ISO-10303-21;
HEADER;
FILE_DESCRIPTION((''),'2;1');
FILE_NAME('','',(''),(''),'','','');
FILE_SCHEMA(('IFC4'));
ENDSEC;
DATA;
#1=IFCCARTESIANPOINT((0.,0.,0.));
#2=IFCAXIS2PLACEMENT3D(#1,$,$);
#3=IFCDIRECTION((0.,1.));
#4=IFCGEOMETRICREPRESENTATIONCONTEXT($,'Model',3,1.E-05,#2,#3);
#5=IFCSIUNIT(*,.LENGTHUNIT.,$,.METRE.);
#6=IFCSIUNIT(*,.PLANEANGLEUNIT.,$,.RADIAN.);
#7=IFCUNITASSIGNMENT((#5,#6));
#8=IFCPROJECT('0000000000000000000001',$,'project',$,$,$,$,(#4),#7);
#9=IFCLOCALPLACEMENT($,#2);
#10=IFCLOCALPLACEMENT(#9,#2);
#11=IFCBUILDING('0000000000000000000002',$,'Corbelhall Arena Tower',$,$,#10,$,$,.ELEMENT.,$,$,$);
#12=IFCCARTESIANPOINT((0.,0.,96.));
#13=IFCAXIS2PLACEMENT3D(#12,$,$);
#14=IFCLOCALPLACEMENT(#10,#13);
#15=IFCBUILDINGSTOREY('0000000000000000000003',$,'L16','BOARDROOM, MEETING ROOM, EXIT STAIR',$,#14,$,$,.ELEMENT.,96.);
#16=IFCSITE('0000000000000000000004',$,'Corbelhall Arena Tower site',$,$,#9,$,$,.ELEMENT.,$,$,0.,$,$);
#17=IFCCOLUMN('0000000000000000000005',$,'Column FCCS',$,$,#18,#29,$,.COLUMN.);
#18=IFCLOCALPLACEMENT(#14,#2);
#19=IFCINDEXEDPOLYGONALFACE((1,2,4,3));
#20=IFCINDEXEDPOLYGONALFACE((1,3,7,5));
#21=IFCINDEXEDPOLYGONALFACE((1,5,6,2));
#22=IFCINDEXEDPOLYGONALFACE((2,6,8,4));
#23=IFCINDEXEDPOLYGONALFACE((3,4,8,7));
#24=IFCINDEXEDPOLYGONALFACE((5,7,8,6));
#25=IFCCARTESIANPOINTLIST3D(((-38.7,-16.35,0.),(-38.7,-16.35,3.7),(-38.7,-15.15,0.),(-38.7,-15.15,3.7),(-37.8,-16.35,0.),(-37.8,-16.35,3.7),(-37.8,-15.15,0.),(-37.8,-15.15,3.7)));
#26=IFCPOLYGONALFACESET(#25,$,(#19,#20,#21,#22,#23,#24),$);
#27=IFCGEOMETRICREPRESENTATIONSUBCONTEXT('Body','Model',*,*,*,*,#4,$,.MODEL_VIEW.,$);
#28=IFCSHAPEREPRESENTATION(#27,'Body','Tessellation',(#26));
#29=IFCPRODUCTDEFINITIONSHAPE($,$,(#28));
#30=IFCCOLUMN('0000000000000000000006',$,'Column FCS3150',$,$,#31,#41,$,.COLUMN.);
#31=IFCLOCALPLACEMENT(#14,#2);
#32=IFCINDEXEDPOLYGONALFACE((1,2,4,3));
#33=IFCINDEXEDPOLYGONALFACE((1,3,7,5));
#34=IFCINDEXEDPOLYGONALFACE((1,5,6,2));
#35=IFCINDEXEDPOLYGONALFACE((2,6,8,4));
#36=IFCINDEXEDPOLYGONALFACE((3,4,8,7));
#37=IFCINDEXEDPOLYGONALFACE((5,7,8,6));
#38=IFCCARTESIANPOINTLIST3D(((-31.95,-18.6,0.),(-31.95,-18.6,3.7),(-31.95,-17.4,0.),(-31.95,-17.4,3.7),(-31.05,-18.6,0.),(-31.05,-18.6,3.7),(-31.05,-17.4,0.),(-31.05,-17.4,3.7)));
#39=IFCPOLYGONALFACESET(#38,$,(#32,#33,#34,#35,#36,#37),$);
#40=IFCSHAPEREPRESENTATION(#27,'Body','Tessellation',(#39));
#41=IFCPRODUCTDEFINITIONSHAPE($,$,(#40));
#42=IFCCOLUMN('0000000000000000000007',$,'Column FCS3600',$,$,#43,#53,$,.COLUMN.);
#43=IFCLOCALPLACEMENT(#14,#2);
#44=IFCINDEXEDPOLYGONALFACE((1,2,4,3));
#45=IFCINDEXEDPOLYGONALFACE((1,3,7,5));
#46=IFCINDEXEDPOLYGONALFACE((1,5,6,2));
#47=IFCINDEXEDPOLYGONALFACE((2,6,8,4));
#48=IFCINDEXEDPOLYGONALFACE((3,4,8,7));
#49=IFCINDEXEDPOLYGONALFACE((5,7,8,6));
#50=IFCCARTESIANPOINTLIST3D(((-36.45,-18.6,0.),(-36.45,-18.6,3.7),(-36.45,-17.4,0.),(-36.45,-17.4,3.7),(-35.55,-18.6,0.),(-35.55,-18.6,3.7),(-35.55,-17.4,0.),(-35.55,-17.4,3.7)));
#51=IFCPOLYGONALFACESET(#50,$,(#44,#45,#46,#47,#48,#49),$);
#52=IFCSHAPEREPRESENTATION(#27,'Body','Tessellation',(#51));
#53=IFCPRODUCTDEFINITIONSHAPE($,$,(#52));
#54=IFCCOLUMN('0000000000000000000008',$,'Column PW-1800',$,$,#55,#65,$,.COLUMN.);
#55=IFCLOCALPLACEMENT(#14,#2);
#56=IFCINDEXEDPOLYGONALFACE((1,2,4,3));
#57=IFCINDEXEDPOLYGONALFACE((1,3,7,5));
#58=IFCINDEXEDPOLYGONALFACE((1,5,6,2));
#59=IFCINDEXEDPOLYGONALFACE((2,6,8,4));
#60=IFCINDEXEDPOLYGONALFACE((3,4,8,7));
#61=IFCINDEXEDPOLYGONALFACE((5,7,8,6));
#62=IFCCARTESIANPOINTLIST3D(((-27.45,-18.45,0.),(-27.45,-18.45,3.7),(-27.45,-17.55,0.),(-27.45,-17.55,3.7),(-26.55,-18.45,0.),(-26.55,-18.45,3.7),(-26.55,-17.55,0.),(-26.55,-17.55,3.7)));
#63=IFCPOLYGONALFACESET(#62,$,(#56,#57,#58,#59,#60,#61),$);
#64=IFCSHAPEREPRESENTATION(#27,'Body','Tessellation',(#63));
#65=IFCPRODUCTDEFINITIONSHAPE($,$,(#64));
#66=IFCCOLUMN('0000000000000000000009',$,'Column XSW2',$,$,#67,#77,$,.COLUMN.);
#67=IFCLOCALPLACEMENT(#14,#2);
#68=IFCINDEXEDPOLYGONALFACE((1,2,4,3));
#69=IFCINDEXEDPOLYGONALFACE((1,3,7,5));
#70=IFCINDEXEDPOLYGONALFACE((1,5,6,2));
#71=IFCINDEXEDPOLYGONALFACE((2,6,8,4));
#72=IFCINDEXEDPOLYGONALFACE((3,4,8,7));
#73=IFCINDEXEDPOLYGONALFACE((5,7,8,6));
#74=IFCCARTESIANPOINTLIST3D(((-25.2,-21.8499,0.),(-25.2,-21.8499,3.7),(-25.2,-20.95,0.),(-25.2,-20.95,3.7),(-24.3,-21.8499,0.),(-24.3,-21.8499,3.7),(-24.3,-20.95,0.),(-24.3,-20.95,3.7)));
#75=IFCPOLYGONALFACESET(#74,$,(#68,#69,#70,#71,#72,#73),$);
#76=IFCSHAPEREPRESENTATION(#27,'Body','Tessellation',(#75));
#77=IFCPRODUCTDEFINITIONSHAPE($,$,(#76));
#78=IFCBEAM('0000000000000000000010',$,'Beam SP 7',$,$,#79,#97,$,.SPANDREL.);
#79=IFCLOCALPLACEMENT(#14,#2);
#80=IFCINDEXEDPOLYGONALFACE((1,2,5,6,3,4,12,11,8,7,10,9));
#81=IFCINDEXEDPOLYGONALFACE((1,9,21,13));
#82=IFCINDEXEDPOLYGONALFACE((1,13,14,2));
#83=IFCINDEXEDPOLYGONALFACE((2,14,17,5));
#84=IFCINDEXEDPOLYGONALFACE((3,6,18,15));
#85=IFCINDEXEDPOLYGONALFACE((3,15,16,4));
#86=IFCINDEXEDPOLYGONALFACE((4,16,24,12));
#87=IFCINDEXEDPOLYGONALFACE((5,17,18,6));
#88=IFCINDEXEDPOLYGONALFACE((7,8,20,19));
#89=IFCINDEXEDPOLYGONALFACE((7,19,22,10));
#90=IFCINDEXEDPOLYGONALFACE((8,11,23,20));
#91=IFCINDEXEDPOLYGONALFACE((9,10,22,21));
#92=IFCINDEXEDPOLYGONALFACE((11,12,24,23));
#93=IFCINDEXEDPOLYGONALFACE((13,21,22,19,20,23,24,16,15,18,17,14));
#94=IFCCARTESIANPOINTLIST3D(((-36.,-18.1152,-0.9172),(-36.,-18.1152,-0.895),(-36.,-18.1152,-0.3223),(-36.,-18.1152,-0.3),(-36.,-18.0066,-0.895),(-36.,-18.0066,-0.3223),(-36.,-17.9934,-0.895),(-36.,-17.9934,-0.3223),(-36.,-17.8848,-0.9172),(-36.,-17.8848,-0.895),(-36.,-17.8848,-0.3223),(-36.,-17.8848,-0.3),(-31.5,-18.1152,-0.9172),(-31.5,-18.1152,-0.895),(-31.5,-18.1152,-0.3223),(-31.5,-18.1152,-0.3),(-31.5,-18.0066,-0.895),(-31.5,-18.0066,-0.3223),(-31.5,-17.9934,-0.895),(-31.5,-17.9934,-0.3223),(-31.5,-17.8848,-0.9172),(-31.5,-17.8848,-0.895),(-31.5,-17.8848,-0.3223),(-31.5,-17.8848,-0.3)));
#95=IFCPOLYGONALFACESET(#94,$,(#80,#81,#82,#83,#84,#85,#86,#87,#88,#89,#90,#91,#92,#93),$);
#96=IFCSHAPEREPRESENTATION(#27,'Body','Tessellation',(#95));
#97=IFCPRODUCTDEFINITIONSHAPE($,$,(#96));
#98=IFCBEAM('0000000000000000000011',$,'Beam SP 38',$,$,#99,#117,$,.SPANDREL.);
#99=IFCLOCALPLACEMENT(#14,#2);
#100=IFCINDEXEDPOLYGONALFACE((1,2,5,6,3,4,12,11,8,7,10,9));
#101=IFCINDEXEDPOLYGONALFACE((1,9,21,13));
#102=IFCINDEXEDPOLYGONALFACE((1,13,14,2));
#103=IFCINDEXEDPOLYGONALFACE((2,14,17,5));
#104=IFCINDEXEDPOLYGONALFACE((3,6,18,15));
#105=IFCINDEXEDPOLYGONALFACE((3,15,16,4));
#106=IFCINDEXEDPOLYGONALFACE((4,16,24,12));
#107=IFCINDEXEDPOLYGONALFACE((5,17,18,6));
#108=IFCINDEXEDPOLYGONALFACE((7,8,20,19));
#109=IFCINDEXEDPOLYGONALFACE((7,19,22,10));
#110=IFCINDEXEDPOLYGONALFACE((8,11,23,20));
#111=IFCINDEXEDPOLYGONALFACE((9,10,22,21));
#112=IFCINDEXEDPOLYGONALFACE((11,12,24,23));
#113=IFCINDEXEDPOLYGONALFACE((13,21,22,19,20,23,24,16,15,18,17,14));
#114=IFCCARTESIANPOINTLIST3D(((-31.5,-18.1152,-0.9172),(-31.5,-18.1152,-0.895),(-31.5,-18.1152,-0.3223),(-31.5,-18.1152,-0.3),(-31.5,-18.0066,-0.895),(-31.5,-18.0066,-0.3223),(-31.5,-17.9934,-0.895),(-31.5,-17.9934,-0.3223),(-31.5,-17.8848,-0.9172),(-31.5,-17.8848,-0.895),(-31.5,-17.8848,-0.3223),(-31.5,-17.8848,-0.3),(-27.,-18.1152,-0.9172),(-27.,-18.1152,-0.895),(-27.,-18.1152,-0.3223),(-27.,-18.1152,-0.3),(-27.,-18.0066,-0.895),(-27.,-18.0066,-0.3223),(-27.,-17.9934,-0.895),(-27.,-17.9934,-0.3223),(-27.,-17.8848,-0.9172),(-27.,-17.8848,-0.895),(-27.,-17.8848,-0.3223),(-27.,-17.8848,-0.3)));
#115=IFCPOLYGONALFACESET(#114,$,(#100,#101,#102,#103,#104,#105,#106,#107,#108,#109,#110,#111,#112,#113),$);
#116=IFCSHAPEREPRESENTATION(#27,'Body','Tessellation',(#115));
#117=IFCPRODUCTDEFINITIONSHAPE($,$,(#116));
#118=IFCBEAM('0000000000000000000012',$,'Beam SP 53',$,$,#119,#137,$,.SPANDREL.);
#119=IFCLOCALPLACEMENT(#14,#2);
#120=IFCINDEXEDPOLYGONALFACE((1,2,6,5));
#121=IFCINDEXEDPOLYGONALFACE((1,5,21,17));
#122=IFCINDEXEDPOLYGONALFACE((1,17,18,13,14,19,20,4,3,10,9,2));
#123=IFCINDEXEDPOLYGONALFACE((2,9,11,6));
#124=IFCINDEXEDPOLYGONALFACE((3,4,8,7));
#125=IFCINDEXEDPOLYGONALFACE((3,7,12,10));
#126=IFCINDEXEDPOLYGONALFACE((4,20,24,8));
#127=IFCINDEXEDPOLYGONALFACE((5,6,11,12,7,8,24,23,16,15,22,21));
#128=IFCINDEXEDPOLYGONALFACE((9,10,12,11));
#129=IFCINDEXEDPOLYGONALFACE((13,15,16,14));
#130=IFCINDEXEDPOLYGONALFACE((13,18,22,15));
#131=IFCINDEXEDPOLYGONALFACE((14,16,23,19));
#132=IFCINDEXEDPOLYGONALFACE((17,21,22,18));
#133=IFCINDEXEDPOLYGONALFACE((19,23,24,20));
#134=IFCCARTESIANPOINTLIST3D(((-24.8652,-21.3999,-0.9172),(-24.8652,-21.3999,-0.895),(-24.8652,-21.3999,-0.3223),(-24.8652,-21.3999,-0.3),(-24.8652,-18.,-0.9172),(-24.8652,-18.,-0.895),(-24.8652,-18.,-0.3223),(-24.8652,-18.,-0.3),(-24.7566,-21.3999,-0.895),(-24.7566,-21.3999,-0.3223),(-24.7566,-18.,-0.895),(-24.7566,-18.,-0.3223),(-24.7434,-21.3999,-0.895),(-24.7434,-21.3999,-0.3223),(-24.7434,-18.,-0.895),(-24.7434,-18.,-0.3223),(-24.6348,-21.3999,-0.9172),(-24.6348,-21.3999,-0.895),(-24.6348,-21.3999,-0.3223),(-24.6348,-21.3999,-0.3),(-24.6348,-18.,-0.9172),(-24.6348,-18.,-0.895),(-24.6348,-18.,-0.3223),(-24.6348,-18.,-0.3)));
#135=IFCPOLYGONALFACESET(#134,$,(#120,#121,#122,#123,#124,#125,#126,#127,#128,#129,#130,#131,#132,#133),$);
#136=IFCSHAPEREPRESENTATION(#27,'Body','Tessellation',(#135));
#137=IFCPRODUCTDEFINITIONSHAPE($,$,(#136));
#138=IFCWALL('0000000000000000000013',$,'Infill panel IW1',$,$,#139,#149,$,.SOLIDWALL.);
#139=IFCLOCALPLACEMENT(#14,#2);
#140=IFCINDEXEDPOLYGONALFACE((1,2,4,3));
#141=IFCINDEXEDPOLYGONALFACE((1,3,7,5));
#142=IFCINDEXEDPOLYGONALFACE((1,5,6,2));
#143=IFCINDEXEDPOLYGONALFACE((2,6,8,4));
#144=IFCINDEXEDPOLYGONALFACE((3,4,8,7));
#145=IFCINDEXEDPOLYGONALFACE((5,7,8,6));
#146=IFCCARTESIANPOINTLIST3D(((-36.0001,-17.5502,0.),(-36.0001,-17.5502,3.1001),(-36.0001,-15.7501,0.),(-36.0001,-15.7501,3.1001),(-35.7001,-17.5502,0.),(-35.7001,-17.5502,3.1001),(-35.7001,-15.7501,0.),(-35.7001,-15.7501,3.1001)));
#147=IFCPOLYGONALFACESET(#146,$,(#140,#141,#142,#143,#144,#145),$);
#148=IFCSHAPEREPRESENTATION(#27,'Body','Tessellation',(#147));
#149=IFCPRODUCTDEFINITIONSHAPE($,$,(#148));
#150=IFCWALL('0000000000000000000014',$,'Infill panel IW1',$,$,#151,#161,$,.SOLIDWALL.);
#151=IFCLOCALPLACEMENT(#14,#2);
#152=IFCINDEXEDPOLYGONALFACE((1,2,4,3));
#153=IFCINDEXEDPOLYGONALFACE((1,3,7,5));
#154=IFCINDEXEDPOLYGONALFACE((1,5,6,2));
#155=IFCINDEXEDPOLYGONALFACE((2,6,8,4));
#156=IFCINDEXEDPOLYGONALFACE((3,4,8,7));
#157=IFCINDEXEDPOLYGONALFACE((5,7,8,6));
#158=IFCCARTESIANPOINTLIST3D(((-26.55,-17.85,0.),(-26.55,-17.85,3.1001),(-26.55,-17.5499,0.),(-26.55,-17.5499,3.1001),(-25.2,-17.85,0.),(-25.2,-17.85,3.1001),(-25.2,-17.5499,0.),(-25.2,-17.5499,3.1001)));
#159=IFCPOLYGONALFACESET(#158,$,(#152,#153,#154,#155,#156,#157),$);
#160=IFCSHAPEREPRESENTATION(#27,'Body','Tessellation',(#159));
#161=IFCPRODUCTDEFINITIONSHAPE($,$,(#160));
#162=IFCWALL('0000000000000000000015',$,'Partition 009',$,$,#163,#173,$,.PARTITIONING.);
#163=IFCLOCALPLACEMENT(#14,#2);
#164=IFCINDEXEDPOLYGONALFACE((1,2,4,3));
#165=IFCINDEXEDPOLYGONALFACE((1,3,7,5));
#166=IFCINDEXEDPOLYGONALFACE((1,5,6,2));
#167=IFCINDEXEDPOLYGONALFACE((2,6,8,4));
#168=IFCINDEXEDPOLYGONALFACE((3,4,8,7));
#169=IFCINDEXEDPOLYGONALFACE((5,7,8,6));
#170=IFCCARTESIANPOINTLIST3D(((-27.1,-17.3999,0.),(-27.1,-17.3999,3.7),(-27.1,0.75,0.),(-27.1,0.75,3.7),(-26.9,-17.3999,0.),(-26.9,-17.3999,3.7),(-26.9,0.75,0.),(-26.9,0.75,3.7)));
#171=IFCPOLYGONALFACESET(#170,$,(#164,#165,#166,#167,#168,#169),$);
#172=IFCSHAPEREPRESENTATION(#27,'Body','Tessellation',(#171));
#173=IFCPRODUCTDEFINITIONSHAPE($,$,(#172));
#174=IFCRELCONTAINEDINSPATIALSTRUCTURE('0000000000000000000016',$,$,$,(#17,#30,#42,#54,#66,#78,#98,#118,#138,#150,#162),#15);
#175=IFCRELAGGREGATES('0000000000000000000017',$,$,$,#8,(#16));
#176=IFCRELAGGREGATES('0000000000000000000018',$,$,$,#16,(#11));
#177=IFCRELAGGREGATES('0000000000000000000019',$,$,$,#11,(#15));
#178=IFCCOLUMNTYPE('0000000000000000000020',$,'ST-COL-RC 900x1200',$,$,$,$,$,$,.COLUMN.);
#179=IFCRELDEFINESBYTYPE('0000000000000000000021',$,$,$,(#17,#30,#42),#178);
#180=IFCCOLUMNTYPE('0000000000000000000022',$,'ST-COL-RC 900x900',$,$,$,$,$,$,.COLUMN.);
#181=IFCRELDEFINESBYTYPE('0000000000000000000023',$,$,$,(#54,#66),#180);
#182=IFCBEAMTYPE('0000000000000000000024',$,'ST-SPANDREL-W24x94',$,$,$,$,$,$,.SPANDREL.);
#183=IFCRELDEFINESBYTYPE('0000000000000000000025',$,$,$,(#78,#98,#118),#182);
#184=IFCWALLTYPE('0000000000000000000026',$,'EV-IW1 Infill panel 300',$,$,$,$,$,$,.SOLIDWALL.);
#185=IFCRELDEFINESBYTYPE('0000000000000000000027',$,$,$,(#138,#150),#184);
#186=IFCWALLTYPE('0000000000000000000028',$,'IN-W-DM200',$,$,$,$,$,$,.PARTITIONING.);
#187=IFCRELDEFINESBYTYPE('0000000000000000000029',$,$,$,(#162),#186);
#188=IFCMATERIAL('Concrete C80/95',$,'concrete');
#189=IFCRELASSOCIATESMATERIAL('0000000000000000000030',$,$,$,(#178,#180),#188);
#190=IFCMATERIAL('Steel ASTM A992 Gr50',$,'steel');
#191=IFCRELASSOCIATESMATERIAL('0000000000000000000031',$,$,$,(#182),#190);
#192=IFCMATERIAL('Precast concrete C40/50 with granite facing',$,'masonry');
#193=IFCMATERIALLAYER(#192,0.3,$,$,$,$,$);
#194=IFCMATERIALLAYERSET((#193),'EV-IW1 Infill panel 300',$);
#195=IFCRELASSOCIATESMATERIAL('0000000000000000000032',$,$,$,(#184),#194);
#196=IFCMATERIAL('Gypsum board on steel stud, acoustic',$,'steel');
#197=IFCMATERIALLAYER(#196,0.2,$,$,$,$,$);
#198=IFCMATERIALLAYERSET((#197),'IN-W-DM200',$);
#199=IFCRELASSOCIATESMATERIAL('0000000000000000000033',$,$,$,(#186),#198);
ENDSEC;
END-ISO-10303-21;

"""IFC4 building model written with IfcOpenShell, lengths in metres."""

from ifc_helpers import new_model, si_unit, direction, frame, frame_2d, origin, origin_2d, place, context, subcontext, project, spatial, rectangle, i_section, extrude, material, layer, layer_set, material_profile, profile_set, type_object, element, save


model = new_model("IFC4")

# Units and contexts
model_context = context("Model", 3, precision=1e-05, world=origin(), true_north=direction((0.0, 1.0)))
body_context = subcontext(model_context, "Body", "Model", "MODEL_VIEW")
ifc_project = project(units=[si_unit("LENGTHUNIT", "METRE"), si_unit("PLANEANGLEUNIT", "RADIAN")], contexts=[model_context])

# Site, building, storey
site_placement = place(None, origin())
site = spatial("IfcSite", under=ifc_project, at=site_placement, Name="Corbelhall Arena Tower site", CompositionType="ELEMENT", RefElevation=0.0)
building_placement = place(site_placement, origin())
building = spatial("IfcBuilding", under=site, at=building_placement, Name="Corbelhall Arena Tower", CompositionType="ELEMENT")
storey_placement = place(building_placement, frame((0.0, 0.0, 96.0)))
storey = spatial("IfcBuildingStorey", under=building, at=storey_placement, Name="L16", Description="BOARDROOM, MEETING ROOM, EXIT STAIR", CompositionType="ELEMENT", Elevation=96.0)

# Columns
ifc_material_1 = material(Name="Concrete C80/95", Category="concrete")
ifc_material_profile_1 = material_profile(ifc_material_1, rectangle(XDim=0.8999, YDim=1.2, at=origin_2d()))
ifc_profile_set_1 = profile_set([ifc_material_profile_1], Name="Concrete C80/95")
column_type_1 = type_object("IfcColumnType", Name="ST-COL-RC 900x1200", PredefinedType="COLUMN", material=ifc_profile_set_1)
for number, where, z_axis, x_axis, name in (
    (1, (-38.25, -15.75, 0.0), (0.0, 0.0, 1.0), (1.0, 0.0, 0.0), "Column FCCS"),
    (2, (-31.5, -18.0, 0.0), (0.0, 0.0, 1.0), (1.0, 0.0, 0.0), "Column FCS3150"),
    (3, (-36.0, -18.0, 0.0), (0.0, 0.0, 1.0), (1.0, 0.0, 0.0), "Column FCS3600"),
):
    element("IfcColumn", number, at=place(storey_placement, frame(where, z_axis=z_axis, x_axis=x_axis)), inside=storey, type_object=column_type_1, Name=name, PredefinedType="COLUMN", context=body_context, shape_type="SweptSolid", body=[
        extrude(rectangle(XDim=0.8999, YDim=1.2, at=origin_2d()), origin(), (0.0, 0.0, 1.0), 3.7),
    ])
ifc_material_profile_2 = material_profile(ifc_material_1, rectangle(XDim=0.8999, YDim=0.8999, at=origin_2d()))
ifc_profile_set_2 = profile_set([ifc_material_profile_2], Name="Concrete C80/95")
column_type_2 = type_object("IfcColumnType", Name="ST-COL-RC 900x900", PredefinedType="COLUMN", material=ifc_profile_set_2)
for number, where, z_axis, x_axis, name in (
    (4, (-27.0, -18.0, 0.0), (0.0, 0.0, 1.0), (1.0, 0.0, 0.0), "Column PW-1800"),
    (5, (-24.75, -21.3999, 0.0), (0.0, 0.0, 1.0), (1.0, 0.0, 0.0), "Column XSW2"),
):
    element("IfcColumn", number, at=place(storey_placement, frame(where, z_axis=z_axis, x_axis=x_axis)), inside=storey, type_object=column_type_2, Name=name, PredefinedType="COLUMN", context=body_context, shape_type="SweptSolid", body=[
        extrude(rectangle(XDim=0.8999, YDim=0.8999, at=origin_2d()), origin(), (0.0, 0.0, 1.0), 3.7),
    ])

# Beams
ifc_material_2 = material(Name="Steel ASTM A992 Gr50", Category="steel")
ifc_material_profile_3 = material_profile(ifc_material_2, i_section(OverallWidth=0.2305, OverallDepth=0.6172, WebThickness=0.0132, FlangeThickness=0.0222, at=origin_2d()))
ifc_profile_set_3 = profile_set([ifc_material_profile_3], Name="Steel ASTM A992 Gr50")
beam_type = type_object("IfcBeamType", Name="ST-SPANDREL-W24x94", PredefinedType="SPANDREL", material=ifc_profile_set_3)
for number, where, z_axis, x_axis, name in (
    (6, (-31.5, -18.0, -0.6086), (-1.0, 0.0, 0.0), (0.0, -1.0, 0.0), "Beam SP 7"),
    (7, (-27.0, -18.0, -0.6086), (-1.0, 0.0, 0.0), (0.0, -1.0, 0.0), "Beam SP 38"),
):
    element("IfcBeam", number, at=place(storey_placement, frame(where, z_axis=z_axis, x_axis=x_axis)), inside=storey, type_object=beam_type, Name=name, PredefinedType="SPANDREL", context=body_context, shape_type="SweptSolid", body=[
        extrude(i_section(OverallWidth=0.2305, OverallDepth=0.6172, WebThickness=0.0132, FlangeThickness=0.0222, at=origin_2d()), origin(), (0.0, 0.0, 1.0), 4.5),
    ])
beam_placement = place(storey_placement, frame((-24.75, -21.3999, -0.6086), z_axis=(0.0, 1.0, 0.0), x_axis=(-1.0, 0.0, 0.0)))
element("IfcBeam", 8, at=beam_placement, inside=storey, type_object=beam_type, Name="Beam SP 53", PredefinedType="SPANDREL", context=body_context, shape_type="SweptSolid", body=[
    extrude(i_section(OverallWidth=0.2305, OverallDepth=0.6172, WebThickness=0.0132, FlangeThickness=0.0222, at=origin_2d()), origin(), (0.0, 0.0, 1.0), 3.3999),
])

# Wall
ifc_material_3 = material(Name="Precast concrete C40/50 with granite facing", Category="masonry")
ifc_layer_1 = layer(ifc_material_3, 0.3)
ifc_layer_set_1 = layer_set([ifc_layer_1], Name="EV-IW1 Infill panel 300")
wall_type_1 = type_object("IfcWallType", Name="EV-IW1 Infill panel 300", PredefinedType="SOLIDWALL", material=ifc_layer_set_1)
wall_1_placement = place(storey_placement, frame((-35.8501, -17.55, 0.0), z_axis=(0.0, 0.0, 1.0), x_axis=(0.0, 1.0, 0.0)))
element("IfcWall", 9, at=wall_1_placement, inside=storey, type_object=wall_type_1, Name="Infill panel IW1", PredefinedType="SOLIDWALL", context=body_context, shape_type="SweptSolid", body=[
    extrude(rectangle(XDim=1.8, YDim=0.3, at=frame_2d((0.8999, 0.0))), origin(), (0.0, 0.0, 1.0), 3.1001),
])

# Walls
wall_2_placement = place(storey_placement, frame((-26.55, -17.7, 0.0), z_axis=(0.0, 0.0, 1.0), x_axis=(1.0, 0.0, 0.0)))
element("IfcWall", 10, at=wall_2_placement, inside=storey, type_object=wall_type_1, Name="Infill panel IW1", PredefinedType="SOLIDWALL", context=body_context, shape_type="SweptSolid", body=[
    extrude(rectangle(XDim=1.3501, YDim=0.3, at=frame_2d((0.675, 0.0))), origin(), (0.0, 0.0, 1.0), 3.1001),
])
ifc_material_4 = material(Name="Gypsum board on steel stud, acoustic", Category="steel")
ifc_layer_2 = layer(ifc_material_4, 0.2)
ifc_layer_set_2 = layer_set([ifc_layer_2], Name="IN-W-DM200")
wall_type_2 = type_object("IfcWallType", Name="IN-W-DM200", PredefinedType="PARTITIONING", material=ifc_layer_set_2)
wall_3_placement = place(storey_placement, frame((-27.0, -17.3999, 0.0), z_axis=(0.0, 0.0, 1.0), x_axis=(0.0, 1.0, 0.0)))
element("IfcWall", 11, at=wall_3_placement, inside=storey, type_object=wall_type_2, Name="Partition 009", PredefinedType="PARTITIONING", context=body_context, shape_type="SweptSolid", body=[
    extrude(rectangle(XDim=18.1499, YDim=0.2, at=frame_2d((9.075, 0.0))), origin(), (0.0, 0.0, 1.0), 3.7),
])

save(model, "model.ifc")
